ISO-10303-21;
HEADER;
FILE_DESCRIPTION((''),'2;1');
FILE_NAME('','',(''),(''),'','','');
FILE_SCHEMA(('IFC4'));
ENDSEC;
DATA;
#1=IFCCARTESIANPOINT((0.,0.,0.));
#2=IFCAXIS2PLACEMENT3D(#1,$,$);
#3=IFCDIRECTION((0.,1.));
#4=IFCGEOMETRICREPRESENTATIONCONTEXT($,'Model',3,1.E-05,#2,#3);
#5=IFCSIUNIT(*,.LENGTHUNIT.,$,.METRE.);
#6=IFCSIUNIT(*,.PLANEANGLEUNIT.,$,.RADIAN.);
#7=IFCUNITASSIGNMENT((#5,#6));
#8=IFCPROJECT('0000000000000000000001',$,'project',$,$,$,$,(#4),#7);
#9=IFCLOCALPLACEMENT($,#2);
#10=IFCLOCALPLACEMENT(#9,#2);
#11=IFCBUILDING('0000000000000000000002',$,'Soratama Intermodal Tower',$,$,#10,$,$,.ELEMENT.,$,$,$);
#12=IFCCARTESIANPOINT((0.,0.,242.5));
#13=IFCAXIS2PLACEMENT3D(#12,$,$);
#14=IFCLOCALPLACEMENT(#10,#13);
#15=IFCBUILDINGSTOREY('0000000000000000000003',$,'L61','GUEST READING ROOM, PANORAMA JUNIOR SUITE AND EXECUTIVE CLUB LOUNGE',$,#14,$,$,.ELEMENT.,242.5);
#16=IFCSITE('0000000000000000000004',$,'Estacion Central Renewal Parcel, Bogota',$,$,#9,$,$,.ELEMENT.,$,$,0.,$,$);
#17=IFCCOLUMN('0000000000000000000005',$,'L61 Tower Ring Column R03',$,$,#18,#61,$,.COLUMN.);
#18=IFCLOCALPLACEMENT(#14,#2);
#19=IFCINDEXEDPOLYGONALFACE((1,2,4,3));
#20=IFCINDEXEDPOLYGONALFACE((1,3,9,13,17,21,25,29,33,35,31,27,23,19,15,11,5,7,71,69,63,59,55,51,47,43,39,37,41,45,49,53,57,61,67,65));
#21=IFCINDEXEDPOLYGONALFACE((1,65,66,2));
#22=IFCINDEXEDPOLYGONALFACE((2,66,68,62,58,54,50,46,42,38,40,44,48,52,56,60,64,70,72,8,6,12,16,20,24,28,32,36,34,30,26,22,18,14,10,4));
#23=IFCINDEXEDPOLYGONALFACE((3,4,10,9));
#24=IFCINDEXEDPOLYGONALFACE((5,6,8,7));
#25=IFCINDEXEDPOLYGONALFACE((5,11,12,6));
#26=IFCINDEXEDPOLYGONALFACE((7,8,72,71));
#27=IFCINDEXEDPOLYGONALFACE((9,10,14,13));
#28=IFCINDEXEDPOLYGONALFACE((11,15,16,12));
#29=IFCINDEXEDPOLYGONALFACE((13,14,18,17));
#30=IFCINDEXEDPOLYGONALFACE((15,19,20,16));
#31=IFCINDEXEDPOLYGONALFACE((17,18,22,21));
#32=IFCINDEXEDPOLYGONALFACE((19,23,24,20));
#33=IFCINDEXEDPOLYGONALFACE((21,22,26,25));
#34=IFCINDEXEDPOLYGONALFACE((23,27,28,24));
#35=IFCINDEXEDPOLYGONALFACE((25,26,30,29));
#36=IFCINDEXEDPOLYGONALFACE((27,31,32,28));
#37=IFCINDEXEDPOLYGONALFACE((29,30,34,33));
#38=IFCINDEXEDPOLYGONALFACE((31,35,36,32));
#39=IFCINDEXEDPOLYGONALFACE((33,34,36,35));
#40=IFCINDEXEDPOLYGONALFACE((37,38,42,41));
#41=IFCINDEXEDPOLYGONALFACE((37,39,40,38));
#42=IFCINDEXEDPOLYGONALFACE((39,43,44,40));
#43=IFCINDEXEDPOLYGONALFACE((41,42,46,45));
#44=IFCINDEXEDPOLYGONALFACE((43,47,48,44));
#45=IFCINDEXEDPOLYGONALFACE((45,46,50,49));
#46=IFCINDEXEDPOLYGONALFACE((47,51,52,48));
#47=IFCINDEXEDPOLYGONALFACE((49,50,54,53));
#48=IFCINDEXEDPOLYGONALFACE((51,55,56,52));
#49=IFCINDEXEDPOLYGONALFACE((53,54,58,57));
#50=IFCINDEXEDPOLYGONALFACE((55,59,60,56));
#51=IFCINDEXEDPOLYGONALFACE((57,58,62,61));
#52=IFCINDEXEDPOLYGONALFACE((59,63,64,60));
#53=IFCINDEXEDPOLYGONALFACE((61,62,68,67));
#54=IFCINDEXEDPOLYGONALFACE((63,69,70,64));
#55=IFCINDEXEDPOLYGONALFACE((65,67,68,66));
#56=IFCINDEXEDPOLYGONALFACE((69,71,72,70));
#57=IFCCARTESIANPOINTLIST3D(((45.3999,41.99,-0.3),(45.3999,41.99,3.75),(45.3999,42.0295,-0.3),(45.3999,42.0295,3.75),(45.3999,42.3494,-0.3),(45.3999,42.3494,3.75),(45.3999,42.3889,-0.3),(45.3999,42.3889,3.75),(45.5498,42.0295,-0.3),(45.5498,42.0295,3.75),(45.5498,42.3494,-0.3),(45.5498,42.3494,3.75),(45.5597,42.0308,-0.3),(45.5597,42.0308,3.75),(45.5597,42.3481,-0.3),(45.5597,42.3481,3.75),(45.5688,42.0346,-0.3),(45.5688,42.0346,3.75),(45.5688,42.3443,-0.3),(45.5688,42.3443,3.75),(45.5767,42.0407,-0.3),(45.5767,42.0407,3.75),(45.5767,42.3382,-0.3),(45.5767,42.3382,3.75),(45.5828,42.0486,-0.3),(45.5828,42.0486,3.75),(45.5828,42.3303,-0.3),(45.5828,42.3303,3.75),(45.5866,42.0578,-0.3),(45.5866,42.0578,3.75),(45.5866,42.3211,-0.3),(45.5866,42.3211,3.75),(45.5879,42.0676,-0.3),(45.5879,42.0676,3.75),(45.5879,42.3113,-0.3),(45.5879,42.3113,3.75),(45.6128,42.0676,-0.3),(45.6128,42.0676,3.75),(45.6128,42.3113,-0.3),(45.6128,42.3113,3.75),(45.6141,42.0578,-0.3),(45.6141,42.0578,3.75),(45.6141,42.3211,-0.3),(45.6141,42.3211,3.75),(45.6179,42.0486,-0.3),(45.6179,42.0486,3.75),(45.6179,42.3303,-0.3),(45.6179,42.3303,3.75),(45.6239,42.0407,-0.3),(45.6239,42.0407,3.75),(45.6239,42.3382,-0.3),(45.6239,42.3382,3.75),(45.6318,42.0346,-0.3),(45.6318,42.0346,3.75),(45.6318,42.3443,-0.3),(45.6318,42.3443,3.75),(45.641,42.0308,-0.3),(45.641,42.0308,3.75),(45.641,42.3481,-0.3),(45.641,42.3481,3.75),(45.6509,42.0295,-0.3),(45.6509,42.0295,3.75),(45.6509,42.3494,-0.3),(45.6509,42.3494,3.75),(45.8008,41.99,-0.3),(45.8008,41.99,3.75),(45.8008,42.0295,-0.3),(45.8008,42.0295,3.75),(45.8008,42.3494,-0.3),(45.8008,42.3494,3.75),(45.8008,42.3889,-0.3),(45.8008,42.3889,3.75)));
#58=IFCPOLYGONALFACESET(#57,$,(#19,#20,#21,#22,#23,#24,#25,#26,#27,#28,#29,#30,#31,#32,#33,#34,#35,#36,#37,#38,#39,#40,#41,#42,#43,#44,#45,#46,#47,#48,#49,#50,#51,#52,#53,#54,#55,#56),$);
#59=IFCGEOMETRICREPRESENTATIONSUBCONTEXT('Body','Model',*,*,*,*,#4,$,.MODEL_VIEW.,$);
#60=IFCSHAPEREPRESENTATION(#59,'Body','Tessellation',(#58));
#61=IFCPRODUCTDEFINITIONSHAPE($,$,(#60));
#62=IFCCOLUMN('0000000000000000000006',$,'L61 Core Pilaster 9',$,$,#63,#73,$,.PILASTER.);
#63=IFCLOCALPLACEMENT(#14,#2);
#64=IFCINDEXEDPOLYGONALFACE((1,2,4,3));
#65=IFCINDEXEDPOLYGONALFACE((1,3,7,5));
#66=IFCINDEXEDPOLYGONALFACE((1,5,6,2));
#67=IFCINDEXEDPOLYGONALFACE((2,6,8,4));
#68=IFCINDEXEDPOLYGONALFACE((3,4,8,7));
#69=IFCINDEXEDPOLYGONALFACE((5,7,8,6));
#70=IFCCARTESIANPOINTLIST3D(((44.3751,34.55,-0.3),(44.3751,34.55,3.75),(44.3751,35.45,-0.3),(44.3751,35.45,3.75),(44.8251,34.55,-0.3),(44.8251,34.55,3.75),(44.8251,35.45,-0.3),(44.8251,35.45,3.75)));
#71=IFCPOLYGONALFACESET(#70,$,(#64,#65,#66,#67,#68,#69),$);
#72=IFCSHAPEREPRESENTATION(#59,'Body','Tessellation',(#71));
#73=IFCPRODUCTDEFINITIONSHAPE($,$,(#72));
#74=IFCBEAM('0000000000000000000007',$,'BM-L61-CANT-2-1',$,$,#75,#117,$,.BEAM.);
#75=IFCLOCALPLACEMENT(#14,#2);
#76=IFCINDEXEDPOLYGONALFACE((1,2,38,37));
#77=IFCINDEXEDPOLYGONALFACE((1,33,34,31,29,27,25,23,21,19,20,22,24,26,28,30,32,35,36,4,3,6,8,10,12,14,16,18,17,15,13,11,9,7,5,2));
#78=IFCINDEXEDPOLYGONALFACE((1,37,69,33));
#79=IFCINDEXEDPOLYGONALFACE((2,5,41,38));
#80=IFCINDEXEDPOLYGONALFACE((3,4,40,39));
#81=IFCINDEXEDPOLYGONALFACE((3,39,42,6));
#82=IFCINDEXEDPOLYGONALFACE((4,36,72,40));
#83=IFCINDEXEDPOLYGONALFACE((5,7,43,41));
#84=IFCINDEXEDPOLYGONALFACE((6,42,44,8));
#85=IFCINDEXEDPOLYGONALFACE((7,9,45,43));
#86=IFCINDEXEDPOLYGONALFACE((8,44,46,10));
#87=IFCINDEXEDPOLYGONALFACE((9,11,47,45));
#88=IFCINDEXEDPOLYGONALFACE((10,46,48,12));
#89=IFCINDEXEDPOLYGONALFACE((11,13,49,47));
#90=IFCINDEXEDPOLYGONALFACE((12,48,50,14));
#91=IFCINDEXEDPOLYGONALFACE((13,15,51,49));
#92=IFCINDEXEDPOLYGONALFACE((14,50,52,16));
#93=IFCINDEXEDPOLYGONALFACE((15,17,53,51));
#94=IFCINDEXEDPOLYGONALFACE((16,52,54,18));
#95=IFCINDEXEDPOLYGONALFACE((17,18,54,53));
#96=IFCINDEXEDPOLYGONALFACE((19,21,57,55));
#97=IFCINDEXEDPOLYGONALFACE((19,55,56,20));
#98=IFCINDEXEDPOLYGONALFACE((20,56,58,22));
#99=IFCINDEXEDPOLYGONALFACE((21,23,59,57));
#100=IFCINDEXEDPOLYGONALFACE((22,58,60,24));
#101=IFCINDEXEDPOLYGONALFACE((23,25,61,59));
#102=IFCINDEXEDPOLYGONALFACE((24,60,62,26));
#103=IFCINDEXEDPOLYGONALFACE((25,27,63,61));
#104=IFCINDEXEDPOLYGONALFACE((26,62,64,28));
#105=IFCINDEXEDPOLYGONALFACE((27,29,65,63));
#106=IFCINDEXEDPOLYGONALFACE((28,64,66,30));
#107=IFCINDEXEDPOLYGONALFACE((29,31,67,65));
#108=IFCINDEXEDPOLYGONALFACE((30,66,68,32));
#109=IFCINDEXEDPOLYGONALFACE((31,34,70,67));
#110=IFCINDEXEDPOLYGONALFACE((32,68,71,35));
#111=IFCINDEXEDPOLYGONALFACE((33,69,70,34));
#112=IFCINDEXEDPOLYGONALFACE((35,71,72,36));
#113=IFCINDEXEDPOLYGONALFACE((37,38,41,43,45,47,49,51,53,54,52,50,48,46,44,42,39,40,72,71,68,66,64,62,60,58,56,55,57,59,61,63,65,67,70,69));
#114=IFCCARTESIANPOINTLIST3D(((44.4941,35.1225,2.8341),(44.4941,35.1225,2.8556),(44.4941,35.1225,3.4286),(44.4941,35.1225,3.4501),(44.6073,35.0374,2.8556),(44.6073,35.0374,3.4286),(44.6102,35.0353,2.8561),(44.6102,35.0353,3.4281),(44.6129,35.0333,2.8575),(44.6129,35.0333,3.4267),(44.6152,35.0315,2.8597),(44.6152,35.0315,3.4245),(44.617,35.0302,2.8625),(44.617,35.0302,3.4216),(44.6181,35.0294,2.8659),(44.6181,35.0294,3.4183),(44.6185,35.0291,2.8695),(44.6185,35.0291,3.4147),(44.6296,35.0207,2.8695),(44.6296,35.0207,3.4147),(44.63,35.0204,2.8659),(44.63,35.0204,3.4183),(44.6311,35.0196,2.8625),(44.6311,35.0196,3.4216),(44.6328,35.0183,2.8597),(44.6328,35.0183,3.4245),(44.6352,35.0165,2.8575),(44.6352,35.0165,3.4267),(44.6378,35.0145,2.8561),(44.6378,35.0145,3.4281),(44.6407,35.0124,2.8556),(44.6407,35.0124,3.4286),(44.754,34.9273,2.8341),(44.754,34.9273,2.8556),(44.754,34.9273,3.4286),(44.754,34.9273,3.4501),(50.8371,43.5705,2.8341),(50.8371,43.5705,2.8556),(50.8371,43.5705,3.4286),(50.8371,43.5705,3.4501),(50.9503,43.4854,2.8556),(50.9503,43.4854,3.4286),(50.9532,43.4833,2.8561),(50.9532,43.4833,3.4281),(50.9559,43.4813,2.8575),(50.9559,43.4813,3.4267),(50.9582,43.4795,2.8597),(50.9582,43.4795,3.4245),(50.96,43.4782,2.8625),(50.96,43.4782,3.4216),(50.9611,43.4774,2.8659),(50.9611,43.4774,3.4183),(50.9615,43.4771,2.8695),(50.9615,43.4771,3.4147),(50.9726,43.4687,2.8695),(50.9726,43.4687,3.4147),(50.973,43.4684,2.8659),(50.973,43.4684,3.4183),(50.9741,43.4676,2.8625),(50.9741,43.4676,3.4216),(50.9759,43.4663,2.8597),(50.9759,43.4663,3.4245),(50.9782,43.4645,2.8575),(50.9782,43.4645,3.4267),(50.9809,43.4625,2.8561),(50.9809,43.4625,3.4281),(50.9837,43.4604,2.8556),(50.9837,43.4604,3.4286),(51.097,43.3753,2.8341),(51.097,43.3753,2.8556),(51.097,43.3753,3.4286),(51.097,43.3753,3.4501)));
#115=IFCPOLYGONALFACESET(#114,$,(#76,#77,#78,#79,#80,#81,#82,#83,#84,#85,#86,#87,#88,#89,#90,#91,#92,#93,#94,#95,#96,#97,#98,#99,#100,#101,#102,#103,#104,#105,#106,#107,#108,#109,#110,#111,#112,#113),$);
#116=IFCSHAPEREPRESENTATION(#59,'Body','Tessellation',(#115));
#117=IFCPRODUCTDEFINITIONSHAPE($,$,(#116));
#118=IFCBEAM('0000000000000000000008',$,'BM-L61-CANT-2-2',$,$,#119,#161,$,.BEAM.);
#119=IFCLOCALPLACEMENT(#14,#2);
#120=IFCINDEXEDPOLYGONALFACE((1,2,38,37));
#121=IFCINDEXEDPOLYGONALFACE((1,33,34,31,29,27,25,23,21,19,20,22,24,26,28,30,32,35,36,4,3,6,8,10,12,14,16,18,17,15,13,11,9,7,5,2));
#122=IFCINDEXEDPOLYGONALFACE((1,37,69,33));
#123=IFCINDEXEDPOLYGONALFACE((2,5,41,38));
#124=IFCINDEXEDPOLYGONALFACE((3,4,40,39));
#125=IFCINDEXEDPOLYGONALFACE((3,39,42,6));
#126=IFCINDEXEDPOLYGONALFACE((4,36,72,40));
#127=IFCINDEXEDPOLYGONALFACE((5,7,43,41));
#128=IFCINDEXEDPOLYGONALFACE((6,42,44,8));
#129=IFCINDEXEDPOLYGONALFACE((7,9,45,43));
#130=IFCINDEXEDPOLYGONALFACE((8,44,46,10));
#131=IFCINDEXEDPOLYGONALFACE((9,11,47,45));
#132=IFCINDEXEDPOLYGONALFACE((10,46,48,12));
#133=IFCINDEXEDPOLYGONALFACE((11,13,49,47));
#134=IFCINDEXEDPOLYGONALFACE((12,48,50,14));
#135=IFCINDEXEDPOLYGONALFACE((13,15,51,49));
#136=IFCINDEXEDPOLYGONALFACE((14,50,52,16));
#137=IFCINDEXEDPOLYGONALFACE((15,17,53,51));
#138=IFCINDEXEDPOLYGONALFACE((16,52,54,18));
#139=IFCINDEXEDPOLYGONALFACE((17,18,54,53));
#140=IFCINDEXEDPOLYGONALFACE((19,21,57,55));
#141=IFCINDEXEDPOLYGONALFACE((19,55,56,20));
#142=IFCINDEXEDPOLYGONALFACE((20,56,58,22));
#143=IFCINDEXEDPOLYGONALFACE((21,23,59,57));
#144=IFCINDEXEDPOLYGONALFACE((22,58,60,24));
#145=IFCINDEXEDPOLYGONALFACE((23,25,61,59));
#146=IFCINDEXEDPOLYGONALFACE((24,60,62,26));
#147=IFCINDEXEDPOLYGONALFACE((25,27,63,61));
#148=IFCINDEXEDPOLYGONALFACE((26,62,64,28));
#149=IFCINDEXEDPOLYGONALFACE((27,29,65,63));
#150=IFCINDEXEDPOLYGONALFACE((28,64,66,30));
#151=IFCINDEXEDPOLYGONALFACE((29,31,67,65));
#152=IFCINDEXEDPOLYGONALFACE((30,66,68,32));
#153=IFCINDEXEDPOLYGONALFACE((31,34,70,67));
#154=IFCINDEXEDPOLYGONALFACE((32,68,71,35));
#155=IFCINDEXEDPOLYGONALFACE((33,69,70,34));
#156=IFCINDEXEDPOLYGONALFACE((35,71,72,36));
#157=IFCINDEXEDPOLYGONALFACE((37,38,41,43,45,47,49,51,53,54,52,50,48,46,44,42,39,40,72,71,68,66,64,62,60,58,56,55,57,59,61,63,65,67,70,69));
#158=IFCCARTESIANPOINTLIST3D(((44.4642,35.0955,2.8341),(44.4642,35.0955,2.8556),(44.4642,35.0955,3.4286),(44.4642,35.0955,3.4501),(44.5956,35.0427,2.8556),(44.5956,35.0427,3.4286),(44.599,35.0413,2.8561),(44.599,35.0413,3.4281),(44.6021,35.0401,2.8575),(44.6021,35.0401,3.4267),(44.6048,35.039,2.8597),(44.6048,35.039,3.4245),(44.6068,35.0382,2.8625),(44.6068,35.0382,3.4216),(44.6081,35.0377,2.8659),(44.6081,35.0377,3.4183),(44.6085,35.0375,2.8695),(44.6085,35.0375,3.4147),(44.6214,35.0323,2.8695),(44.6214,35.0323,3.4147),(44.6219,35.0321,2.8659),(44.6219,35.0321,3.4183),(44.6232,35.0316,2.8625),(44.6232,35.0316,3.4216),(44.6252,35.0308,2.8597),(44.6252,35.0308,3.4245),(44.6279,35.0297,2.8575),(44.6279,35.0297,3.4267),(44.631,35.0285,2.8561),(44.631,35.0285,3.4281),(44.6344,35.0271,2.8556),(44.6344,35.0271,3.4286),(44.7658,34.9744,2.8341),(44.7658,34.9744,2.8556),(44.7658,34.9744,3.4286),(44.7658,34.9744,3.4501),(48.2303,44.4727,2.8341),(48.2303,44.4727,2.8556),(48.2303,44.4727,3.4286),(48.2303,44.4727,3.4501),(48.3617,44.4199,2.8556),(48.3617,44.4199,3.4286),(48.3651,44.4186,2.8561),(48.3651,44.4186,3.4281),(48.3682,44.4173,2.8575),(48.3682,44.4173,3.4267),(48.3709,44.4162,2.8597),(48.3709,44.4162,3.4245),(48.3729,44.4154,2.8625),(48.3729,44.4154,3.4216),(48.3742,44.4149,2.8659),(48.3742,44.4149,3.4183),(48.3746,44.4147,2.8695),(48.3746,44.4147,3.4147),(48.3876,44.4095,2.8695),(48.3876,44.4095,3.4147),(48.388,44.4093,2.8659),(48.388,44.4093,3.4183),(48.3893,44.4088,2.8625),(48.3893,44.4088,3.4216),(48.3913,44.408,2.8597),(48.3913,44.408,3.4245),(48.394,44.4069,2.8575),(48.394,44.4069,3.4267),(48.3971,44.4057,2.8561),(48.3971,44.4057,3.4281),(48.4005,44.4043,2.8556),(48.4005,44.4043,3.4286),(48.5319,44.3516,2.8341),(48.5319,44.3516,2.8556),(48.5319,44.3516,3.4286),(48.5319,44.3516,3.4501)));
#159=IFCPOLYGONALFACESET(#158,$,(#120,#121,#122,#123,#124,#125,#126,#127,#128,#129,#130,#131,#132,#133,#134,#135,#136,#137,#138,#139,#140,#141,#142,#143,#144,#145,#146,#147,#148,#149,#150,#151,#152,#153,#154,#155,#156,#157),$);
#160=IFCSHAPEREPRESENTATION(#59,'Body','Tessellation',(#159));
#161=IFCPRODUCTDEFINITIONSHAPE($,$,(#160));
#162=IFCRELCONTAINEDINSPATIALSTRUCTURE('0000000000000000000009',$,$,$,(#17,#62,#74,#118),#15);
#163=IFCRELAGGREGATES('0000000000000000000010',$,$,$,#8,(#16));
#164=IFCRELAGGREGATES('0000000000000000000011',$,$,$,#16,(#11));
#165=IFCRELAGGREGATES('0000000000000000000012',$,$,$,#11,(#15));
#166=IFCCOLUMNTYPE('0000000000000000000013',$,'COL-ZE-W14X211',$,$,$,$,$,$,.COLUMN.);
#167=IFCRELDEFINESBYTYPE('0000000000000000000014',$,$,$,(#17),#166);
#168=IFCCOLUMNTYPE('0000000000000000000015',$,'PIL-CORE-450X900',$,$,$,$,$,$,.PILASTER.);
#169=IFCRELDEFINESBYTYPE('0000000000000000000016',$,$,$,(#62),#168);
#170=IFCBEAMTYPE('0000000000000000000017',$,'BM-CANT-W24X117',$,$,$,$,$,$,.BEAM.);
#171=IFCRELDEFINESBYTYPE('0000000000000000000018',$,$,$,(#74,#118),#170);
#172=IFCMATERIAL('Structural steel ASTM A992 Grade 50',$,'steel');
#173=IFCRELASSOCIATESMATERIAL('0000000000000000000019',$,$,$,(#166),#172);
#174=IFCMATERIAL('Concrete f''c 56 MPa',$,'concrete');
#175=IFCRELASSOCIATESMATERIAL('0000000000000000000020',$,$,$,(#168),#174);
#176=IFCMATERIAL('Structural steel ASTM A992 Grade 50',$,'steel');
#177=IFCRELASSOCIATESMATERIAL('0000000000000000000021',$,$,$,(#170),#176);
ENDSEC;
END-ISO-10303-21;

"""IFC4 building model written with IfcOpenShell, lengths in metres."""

from ifc_helpers import new_model, si_unit, direction, frame, origin, origin_2d, place, context, subcontext, project, spatial, rectangle, i_section, extrude, material, material_profile, profile_set, type_object, element, save


model = new_model("IFC4")

# Units and contexts
model_context = context("Model", 3, precision=1e-05, world=origin(), true_north=direction((0.0, 1.0)))
body_context = subcontext(model_context, "Body", "Model", "MODEL_VIEW")
ifc_project = project(units=[si_unit("LENGTHUNIT", "METRE"), si_unit("PLANEANGLEUNIT", "RADIAN")], contexts=[model_context])

# Site, building, storey
site_placement = place(None, origin())
site = spatial("IfcSite", under=ifc_project, at=site_placement, Name="Estacion Central Renewal Parcel, Bogota", CompositionType="ELEMENT", RefElevation=0.0)
building_placement = place(site_placement, origin())
building = spatial("IfcBuilding", under=site, at=building_placement, Name="Soratama Intermodal Tower", CompositionType="ELEMENT")
storey_placement = place(building_placement, frame((0.0, 0.0, 242.5)))
storey = spatial("IfcBuildingStorey", under=building, at=storey_placement, Name="L61", Description="GUEST READING ROOM, PANORAMA JUNIOR SUITE AND EXECUTIVE CLUB LOUNGE", CompositionType="ELEMENT", Elevation=242.5)

# Columns
ifc_material_1 = material(Name="Structural steel ASTM A992 Grade 50", Category="steel")
ifc_material_profile_1 = material_profile(ifc_material_1, i_section(OverallWidth=0.4009, OverallDepth=0.3989, WebThickness=0.0249, FlangeThickness=0.0396, FilletRadius=0.0381, at=origin_2d()), Name="W14X211")
ifc_profile_set_1 = profile_set([ifc_material_profile_1], Name="Structural steel ASTM A992 Grade 50")
column_type_1 = type_object("IfcColumnType", Name="COL-ZE-W14X211", PredefinedType="COLUMN", material=ifc_profile_set_1)
column_1_placement = place(storey_placement, frame((45.6003, 42.1895, -0.3), z_axis=(0.0, 0.0, 1.0), x_axis=(1.0, 0.0, 0.0)))
element("IfcColumn", 1, at=column_1_placement, inside=storey, type_object=column_type_1, Name="L61 Tower Ring Column R03", PredefinedType="COLUMN", context=body_context, shape_type="SweptSolid", body=[
    extrude(i_section(OverallWidth=0.4009, OverallDepth=0.3989, WebThickness=0.0249, FlangeThickness=0.0396, FilletRadius=0.0381, at=origin_2d()), origin(), (0.0, 0.0, 1.0), 4.05),
])
ifc_material_2 = material(Name="Concrete f'c 56 MPa", Category="concrete")
ifc_material_profile_2 = material_profile(ifc_material_2, rectangle(XDim=0.45, YDim=0.8999, at=origin_2d()), Name="RC450X900")
ifc_profile_set_2 = profile_set([ifc_material_profile_2], Name="Concrete f'c 56 MPa")
column_type_2 = type_object("IfcColumnType", Name="PIL-CORE-450X900", PredefinedType="PILASTER", material=ifc_profile_set_2)
column_2_placement = place(storey_placement, frame((44.6001, 35.0, -0.3), z_axis=(0.0, 0.0, 1.0), x_axis=(1.0, 0.0, 0.0)))
element("IfcColumn", 2, at=column_2_placement, inside=storey, type_object=column_type_2, Name="L61 Core Pilaster 9", PredefinedType="PILASTER", context=body_context, shape_type="SweptSolid", body=[
    extrude(rectangle(XDim=0.45, YDim=0.8999, at=origin_2d()), origin(), (0.0, 0.0, 1.0), 4.05),
])

# Beams
ifc_material_3 = material(Name="Structural steel ASTM A992 Grade 50", Category="steel")
ifc_material_profile_3 = material_profile(ifc_material_3, i_section(OverallWidth=0.325, OverallDepth=0.616, WebThickness=0.0139, FlangeThickness=0.0215, FilletRadius=0.0139, at=origin_2d()), Name="W24X117")
ifc_profile_set_3 = profile_set([ifc_material_profile_3], Name="Structural steel ASTM A992 Grade 50")
beam_type_1 = type_object("IfcBeamType", Name="BM-CANT-W24X117", PredefinedType="BEAM", material=ifc_profile_set_3)
beam_1_placement = place(storey_placement, frame((44.624, 35.0249, 3.1421), z_axis=(0.600425, 0.799681, 0.0), x_axis=(-0.799681, 0.600425, 0.0)))
element("IfcBeam", 3, at=beam_1_placement, inside=storey, type_object=beam_type_1, Name="BM-L61-CANT-2-1", PredefinedType="BEAM", context=body_context, shape_type="SweptSolid", body=[
    extrude(i_section(OverallWidth=0.325, OverallDepth=0.616, WebThickness=0.0139, FlangeThickness=0.0215, FilletRadius=0.0139, at=origin_2d()), origin(), (0.0, 0.0, 1.0), 10.5642),
])
beam_2_placement = place(storey_placement, frame((44.615, 35.0349, 3.1421), z_axis=(0.37269, 0.927956, 0.0), x_axis=(-0.927956, 0.37269, 0.0)))
element("IfcBeam", 4, at=beam_2_placement, inside=storey, type_object=beam_type_1, Name="BM-L61-CANT-2-2", PredefinedType="BEAM", context=body_context, shape_type="SweptSolid", body=[
    extrude(i_section(OverallWidth=0.325, OverallDepth=0.616, WebThickness=0.0139, FlangeThickness=0.0215, FilletRadius=0.0139, at=origin_2d()), origin(), (0.0, 0.0, 1.0), 10.1052),
])

save(model, "model.ifc")
